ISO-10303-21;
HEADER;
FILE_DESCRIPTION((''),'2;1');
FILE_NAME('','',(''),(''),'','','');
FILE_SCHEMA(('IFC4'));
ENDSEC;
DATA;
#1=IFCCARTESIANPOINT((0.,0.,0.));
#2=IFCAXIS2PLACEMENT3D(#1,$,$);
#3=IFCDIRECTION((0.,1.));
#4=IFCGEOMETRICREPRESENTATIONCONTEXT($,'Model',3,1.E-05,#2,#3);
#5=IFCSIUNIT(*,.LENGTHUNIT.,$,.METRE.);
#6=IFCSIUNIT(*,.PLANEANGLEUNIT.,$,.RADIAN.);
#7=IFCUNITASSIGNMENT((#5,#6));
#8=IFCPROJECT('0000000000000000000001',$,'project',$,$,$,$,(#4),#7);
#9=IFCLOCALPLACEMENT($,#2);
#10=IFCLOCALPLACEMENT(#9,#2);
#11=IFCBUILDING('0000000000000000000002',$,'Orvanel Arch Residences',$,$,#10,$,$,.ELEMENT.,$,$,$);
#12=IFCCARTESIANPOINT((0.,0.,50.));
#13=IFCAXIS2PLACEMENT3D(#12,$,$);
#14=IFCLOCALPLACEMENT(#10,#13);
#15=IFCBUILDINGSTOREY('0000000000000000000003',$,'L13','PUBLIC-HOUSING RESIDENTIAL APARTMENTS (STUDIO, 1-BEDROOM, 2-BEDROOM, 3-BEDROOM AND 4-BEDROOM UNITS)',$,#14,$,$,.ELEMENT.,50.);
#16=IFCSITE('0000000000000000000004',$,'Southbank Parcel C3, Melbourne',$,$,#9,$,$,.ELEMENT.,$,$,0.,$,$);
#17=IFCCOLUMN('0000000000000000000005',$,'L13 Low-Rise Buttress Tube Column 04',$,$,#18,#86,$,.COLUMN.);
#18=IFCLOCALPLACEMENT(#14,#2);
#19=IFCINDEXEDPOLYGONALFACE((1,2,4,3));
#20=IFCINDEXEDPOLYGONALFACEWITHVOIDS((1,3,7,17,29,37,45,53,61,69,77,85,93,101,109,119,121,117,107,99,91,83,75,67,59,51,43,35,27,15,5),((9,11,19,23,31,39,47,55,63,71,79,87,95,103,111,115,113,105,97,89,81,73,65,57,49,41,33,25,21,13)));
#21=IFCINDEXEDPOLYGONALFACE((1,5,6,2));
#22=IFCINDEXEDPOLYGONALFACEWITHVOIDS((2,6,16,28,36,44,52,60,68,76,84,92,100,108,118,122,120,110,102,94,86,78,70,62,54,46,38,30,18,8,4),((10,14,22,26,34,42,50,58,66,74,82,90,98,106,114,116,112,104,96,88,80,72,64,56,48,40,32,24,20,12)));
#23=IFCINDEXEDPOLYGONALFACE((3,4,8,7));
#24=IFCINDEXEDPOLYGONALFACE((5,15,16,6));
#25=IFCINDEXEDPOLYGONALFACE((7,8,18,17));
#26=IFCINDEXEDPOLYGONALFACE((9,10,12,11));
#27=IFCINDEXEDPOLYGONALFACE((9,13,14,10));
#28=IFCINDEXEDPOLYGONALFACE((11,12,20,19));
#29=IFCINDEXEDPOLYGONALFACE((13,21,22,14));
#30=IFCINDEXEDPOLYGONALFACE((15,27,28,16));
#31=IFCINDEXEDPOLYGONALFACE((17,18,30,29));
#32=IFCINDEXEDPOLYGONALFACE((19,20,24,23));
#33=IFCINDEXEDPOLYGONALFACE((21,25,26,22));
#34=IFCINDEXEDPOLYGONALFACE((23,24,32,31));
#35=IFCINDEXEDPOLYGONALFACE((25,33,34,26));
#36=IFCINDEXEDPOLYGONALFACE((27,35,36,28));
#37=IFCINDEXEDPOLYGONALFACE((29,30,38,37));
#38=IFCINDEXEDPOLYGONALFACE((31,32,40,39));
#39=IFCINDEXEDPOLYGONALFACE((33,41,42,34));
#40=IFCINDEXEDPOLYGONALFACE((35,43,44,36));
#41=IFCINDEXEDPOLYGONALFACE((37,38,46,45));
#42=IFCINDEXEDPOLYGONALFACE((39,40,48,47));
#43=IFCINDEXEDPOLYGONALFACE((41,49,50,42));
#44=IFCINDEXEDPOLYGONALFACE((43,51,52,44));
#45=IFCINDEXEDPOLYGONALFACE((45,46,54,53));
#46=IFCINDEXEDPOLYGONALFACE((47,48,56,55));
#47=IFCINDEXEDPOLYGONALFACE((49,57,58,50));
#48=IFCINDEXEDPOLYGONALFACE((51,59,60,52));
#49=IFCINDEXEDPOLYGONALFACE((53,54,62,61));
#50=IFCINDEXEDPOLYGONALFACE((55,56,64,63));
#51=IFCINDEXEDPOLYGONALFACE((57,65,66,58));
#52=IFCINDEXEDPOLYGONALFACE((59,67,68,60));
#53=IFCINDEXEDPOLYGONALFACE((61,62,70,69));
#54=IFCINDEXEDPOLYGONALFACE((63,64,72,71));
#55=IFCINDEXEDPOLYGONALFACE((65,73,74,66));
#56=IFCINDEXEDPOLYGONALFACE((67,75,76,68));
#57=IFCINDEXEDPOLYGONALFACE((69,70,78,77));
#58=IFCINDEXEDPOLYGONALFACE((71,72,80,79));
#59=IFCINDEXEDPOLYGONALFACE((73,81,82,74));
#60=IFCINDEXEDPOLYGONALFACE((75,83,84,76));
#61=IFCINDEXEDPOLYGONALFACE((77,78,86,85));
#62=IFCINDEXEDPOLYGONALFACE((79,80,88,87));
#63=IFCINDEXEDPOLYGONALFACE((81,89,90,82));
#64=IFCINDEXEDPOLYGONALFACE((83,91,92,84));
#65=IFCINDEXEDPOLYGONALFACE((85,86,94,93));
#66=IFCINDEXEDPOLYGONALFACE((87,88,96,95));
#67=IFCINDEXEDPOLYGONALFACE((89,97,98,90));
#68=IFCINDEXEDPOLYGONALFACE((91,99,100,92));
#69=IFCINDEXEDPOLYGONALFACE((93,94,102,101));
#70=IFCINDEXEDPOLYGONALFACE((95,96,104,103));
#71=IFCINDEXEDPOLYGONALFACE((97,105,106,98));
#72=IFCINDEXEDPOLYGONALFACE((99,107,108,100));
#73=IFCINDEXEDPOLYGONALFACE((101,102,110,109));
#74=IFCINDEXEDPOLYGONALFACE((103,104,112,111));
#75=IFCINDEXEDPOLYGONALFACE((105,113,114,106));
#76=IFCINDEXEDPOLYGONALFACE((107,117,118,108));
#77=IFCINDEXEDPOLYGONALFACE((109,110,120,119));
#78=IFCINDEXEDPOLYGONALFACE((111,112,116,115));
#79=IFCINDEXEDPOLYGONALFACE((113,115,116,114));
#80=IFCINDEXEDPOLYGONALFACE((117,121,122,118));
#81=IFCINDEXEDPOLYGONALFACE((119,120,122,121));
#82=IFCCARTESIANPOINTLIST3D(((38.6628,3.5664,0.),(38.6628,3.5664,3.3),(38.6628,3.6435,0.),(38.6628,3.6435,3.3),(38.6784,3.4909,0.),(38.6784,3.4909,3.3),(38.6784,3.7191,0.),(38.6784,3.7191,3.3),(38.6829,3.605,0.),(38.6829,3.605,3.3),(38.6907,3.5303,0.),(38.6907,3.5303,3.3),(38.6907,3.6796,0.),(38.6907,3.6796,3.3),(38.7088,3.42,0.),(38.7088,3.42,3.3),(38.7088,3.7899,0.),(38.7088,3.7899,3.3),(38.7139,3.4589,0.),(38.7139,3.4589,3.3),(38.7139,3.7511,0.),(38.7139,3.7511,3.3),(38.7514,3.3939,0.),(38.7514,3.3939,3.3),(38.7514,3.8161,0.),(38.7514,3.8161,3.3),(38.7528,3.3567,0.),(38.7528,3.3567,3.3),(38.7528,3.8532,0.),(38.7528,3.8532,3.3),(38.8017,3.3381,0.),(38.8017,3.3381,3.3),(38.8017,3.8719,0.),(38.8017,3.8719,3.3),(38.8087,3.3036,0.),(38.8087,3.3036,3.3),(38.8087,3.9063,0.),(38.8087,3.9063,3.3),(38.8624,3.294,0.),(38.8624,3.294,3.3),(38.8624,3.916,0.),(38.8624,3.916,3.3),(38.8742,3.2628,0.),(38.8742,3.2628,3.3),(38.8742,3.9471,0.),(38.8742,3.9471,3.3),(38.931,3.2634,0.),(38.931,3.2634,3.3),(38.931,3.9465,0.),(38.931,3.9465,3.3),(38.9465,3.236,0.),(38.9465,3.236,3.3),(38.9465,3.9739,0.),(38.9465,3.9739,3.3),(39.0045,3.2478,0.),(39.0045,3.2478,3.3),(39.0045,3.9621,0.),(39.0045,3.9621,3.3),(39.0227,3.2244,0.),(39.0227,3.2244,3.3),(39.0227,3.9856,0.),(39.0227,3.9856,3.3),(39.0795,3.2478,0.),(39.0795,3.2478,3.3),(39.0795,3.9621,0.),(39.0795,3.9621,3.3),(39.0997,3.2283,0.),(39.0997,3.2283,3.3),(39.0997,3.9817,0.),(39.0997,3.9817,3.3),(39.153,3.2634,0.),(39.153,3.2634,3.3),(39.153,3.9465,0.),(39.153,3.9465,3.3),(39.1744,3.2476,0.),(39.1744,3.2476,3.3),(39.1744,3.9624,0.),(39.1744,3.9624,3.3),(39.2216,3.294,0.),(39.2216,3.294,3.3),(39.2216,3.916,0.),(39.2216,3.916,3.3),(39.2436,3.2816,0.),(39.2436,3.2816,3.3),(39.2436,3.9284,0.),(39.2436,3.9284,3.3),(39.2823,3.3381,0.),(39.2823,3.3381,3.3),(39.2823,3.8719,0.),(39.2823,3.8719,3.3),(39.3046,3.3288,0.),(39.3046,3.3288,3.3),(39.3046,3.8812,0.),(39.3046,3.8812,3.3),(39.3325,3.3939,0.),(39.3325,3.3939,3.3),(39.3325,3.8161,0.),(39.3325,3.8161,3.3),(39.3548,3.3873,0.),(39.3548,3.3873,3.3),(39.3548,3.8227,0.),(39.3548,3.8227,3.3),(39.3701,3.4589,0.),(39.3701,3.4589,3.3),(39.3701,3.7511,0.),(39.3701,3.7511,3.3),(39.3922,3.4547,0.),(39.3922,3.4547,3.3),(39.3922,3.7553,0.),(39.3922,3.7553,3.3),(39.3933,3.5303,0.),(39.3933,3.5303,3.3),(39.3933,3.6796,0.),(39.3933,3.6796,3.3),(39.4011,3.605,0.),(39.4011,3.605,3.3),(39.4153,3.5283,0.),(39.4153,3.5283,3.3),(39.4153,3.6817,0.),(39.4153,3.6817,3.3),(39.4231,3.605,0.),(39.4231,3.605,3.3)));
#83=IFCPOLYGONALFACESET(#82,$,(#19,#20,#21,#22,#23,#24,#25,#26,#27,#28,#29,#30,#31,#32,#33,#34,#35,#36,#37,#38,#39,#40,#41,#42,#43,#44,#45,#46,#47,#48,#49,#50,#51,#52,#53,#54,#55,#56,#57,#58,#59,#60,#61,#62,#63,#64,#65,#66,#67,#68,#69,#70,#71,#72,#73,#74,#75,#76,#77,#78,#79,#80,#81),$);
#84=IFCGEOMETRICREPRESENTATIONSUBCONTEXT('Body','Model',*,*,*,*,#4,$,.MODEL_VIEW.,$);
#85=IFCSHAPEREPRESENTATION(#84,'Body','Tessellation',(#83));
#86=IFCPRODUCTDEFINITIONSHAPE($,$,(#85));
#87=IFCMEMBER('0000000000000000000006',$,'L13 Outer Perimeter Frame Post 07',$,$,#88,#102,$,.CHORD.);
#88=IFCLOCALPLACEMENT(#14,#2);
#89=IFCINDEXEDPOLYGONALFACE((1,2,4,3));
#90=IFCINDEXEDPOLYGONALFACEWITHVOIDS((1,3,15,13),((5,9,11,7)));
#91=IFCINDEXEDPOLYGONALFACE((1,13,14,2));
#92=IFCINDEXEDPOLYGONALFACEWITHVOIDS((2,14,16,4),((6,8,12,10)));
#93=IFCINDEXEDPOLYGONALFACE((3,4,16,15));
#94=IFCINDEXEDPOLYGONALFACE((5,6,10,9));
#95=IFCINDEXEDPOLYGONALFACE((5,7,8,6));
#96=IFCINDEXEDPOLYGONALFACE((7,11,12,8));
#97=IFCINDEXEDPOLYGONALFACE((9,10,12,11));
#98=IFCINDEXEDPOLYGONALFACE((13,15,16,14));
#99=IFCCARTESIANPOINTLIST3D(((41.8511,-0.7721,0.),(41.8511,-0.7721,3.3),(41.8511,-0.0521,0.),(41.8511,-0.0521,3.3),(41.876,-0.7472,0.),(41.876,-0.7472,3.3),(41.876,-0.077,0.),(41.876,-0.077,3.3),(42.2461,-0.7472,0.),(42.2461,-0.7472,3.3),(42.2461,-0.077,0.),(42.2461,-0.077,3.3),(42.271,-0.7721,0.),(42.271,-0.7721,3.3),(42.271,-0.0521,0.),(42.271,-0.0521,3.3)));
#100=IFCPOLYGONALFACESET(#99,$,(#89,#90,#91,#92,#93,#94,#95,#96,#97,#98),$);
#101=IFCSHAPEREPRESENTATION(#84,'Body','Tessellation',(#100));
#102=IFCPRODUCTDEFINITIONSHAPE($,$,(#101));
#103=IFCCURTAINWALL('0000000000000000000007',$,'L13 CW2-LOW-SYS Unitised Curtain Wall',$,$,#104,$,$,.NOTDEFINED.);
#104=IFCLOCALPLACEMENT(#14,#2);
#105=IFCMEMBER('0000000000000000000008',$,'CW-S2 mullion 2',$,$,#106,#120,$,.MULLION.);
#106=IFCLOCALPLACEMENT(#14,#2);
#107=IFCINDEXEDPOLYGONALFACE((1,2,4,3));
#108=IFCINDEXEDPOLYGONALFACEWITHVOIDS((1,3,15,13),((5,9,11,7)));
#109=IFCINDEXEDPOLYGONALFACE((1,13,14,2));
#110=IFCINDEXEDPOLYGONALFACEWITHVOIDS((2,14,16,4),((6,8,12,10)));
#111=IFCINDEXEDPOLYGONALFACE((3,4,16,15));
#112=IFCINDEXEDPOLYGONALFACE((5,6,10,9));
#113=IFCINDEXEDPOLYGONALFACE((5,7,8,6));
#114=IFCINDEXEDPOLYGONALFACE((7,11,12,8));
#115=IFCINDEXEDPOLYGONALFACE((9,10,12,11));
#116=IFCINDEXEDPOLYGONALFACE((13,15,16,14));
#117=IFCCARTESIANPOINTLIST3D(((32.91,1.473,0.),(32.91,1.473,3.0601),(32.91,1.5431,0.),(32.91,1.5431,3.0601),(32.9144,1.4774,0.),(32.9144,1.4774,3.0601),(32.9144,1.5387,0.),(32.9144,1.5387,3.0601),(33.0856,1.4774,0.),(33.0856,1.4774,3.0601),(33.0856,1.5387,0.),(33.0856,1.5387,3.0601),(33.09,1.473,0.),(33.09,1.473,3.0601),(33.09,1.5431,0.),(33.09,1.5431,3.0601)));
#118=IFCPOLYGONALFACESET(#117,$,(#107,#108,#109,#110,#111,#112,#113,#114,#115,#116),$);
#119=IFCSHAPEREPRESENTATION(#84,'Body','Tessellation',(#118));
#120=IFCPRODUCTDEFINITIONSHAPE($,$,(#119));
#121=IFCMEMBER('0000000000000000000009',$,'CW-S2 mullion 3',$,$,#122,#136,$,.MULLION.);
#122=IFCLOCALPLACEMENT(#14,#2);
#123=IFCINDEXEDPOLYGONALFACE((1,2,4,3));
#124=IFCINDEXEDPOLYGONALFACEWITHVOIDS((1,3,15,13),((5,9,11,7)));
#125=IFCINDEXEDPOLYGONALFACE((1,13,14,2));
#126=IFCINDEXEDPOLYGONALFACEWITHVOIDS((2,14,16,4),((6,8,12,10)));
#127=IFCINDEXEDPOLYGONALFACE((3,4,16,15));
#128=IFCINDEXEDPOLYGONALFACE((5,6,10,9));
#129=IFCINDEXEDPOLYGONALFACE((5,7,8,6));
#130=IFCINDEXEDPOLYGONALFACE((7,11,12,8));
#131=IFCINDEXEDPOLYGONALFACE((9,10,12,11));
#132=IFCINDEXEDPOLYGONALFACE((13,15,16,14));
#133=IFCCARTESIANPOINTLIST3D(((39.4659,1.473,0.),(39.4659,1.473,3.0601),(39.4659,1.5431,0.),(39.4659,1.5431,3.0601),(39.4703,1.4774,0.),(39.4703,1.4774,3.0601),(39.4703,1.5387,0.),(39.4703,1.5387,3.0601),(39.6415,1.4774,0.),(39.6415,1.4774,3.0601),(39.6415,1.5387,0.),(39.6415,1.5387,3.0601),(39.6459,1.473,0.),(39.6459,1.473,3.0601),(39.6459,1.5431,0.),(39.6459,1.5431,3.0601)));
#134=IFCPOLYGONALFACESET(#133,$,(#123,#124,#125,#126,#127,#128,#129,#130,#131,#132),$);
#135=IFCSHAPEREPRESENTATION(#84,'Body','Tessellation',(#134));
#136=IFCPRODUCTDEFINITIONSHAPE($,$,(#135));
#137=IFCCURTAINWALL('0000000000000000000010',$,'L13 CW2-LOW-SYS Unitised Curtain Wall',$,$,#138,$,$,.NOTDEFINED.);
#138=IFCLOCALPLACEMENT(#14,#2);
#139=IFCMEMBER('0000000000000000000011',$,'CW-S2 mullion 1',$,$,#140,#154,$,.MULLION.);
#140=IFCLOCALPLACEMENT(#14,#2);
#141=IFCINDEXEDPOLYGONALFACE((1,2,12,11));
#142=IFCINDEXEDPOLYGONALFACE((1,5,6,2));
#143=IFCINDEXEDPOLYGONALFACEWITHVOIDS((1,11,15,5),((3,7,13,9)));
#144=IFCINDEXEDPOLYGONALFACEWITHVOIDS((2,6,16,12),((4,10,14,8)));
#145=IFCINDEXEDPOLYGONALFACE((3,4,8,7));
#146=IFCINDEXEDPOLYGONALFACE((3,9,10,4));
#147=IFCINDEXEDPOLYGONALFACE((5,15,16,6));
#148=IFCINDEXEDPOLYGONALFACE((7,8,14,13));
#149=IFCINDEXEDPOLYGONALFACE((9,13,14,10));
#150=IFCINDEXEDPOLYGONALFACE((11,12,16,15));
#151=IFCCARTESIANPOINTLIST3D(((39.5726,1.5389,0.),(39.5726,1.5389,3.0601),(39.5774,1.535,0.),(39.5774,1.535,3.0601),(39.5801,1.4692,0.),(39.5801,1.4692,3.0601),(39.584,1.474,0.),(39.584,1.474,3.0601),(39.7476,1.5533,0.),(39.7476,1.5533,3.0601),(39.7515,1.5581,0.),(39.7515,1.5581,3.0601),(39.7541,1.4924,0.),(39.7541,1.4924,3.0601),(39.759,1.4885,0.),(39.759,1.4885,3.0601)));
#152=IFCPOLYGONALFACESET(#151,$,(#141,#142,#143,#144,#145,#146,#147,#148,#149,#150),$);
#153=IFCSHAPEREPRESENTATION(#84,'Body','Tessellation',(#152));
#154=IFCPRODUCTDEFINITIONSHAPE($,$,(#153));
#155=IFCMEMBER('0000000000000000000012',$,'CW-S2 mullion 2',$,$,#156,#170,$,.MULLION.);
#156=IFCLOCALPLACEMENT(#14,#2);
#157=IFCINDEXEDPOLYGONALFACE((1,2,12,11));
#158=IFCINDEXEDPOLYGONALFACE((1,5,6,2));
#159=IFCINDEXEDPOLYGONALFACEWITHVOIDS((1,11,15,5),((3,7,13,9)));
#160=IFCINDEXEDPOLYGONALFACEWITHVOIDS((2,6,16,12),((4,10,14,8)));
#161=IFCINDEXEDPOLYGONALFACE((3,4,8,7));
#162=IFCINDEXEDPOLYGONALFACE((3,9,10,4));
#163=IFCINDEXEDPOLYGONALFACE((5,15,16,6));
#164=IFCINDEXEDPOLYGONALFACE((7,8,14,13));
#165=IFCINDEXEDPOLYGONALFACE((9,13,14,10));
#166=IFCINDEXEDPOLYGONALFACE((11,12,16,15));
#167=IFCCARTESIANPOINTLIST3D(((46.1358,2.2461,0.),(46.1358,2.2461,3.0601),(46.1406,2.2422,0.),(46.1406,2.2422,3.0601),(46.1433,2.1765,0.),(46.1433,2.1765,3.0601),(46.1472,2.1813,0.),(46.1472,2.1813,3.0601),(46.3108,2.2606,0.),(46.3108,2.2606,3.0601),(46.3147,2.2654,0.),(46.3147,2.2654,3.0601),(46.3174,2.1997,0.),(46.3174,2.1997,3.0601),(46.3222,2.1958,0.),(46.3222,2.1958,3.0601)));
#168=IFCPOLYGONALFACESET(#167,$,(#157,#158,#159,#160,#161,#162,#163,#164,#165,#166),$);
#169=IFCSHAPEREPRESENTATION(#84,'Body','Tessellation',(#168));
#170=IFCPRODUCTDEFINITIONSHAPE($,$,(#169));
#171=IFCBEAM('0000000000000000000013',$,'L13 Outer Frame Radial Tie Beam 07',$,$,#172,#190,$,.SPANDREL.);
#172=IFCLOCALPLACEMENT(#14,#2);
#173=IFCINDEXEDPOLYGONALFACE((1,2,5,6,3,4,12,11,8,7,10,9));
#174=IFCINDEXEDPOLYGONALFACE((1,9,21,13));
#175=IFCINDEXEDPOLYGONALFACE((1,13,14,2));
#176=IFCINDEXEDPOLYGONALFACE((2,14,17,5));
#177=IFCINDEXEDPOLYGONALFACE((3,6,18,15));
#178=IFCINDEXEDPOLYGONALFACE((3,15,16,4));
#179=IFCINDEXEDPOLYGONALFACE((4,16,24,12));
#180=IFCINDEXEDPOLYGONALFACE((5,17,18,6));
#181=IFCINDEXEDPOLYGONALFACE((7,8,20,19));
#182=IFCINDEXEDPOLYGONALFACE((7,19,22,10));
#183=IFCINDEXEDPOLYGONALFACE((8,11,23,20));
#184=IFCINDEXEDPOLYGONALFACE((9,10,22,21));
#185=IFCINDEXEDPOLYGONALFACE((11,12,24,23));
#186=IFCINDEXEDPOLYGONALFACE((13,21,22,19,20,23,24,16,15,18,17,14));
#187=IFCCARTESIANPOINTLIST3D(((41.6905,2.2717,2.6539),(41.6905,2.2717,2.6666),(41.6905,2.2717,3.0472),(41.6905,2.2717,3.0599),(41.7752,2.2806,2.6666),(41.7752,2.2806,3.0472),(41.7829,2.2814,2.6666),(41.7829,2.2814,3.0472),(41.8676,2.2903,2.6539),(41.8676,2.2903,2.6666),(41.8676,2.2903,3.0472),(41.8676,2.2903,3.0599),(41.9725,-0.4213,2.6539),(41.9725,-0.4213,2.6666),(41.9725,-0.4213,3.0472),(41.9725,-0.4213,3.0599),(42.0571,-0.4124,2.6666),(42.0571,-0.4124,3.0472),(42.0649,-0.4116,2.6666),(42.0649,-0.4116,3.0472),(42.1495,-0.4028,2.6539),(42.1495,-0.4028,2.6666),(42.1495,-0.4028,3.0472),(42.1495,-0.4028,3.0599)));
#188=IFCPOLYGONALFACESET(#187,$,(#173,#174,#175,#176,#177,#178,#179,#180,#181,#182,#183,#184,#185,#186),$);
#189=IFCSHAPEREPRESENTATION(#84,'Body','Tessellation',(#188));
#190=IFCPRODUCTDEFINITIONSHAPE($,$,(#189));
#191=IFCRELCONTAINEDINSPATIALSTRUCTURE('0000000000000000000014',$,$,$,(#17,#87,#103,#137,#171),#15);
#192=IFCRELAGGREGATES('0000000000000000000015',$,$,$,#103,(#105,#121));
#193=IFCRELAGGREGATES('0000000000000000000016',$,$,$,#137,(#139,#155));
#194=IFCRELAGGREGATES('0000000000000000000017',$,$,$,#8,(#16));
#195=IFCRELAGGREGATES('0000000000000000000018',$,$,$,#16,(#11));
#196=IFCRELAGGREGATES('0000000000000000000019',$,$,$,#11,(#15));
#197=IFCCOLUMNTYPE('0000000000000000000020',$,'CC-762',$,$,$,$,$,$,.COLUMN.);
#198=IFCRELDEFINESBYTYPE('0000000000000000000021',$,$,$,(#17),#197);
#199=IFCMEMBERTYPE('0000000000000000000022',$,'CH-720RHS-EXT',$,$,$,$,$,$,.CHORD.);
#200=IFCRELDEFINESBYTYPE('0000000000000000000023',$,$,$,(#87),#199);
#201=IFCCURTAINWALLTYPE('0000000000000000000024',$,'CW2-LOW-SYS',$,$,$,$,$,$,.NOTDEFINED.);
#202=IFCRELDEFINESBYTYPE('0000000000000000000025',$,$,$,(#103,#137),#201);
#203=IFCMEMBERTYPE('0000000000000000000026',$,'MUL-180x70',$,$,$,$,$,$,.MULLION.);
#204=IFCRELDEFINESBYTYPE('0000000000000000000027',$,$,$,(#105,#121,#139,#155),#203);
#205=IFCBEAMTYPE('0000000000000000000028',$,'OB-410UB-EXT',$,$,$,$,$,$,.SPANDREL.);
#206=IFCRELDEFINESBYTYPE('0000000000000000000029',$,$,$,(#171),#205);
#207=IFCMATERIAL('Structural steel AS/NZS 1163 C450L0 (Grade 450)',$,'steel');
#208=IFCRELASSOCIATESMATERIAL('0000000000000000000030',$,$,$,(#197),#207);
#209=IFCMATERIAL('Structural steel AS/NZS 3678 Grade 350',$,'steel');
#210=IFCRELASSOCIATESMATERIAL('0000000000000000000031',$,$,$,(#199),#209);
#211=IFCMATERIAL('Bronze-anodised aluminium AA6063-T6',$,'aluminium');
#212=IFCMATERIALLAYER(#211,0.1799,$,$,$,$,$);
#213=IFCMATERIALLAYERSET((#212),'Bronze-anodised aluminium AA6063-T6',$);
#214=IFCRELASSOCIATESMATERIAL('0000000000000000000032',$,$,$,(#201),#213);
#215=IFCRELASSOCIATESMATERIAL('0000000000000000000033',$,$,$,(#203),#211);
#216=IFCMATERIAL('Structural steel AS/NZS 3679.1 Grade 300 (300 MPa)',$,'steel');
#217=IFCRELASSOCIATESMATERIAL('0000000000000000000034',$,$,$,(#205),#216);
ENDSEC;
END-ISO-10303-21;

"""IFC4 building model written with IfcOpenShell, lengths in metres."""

from ifc_helpers import new_model, si_unit, direction, frame, origin, origin_2d, place, context, subcontext, project, spatial, hollow_rectangle, hollow_circle, i_section, extrude, material, layer, layer_set, material_profile, profile_set, type_object, element, aggregate, save


model = new_model("IFC4")

# Units and contexts
model_context = context("Model", 3, precision=1e-05, world=origin(), true_north=direction((0.0, 1.0)))
body_context = subcontext(model_context, "Body", "Model", "MODEL_VIEW")
ifc_project = project(units=[si_unit("LENGTHUNIT", "METRE"), si_unit("PLANEANGLEUNIT", "RADIAN")], contexts=[model_context])

# Site, building, storey
site_placement = place(None, origin())
site = spatial("IfcSite", under=ifc_project, at=site_placement, Name="Southbank Parcel C3, Melbourne", CompositionType="ELEMENT", RefElevation=0.0)
building_placement = place(site_placement, origin())
building = spatial("IfcBuilding", under=site, at=building_placement, Name="Orvanel Arch Residences", CompositionType="ELEMENT")
storey_placement = place(building_placement, frame((0.0, 0.0, 50.0)))
storey = spatial("IfcBuildingStorey", under=building, at=storey_placement, Name="L13", Description="PUBLIC-HOUSING RESIDENTIAL APARTMENTS (STUDIO, 1-BEDROOM, 2-BEDROOM, 3-BEDROOM AND 4-BEDROOM UNITS)", CompositionType="ELEMENT", Elevation=50.0)

# Column
ifc_material_1 = material(Name="Structural steel AS/NZS 1163 C450L0 (Grade 450)", Category="steel")
ifc_material_profile_1 = material_profile(ifc_material_1, hollow_circle(Radius=0.3811, WallThickness=0.022, at=origin_2d()), Name="CHS762x22")
ifc_profile_set_1 = profile_set([ifc_material_profile_1], Name="Structural steel AS/NZS 1163 C450L0 (Grade 450)")
column_type = type_object("IfcColumnType", Name="CC-762", PredefinedType="COLUMN", material=ifc_profile_set_1)
column_placement = place(storey_placement, frame((39.042, 3.605, 0.0), z_axis=(0.0, 0.0, 1.0), x_axis=(1.0, 0.0, 0.0)))
element("IfcColumn", 1, at=column_placement, inside=storey, type_object=column_type, Name="L13 Low-Rise Buttress Tube Column 04", PredefinedType="COLUMN", context=body_context, shape_type="SweptSolid", body=[
    extrude(hollow_circle(Radius=0.3811, WallThickness=0.022, at=origin_2d()), origin(), (0.0, 0.0, 1.0), 3.3),
])

# Member
ifc_material_2 = material(Name="Structural steel AS/NZS 3678 Grade 350", Category="steel")
ifc_material_profile_2 = material_profile(ifc_material_2, hollow_rectangle(XDim=0.4199, YDim=0.72, WallThickness=0.0249, at=origin_2d()), Name="RHS720x420x25")
ifc_profile_set_2 = profile_set([ifc_material_profile_2], Name="Structural steel AS/NZS 3678 Grade 350")
member_type_1 = type_object("IfcMemberType", Name="CH-720RHS-EXT", PredefinedType="CHORD", material=ifc_profile_set_2)
member_1_placement = place(storey_placement, frame((42.061, -0.4121, 0.0), z_axis=(0.0, 0.0, 1.0), x_axis=(1.0, 0.0, 0.0)))
element("IfcMember", 2, at=member_1_placement, inside=storey, type_object=member_type_1, Name="L13 Outer Perimeter Frame Post 07", PredefinedType="CHORD", context=body_context, shape_type="SweptSolid", body=[
    extrude(hollow_rectangle(XDim=0.4199, YDim=0.72, WallThickness=0.0249, at=origin_2d()), origin(), (0.0, 0.0, 1.0), 3.3),
])

# Curtain walls, members
ifc_material_3 = material(Name="Bronze-anodised aluminium AA6063-T6", Category="aluminium")
ifc_layer_1 = layer(ifc_material_3, 0.1799)
ifc_layer_set_1 = layer_set([ifc_layer_1], Name="Bronze-anodised aluminium AA6063-T6")
curtain_wall_type = type_object("IfcCurtainWallType", Name="CW2-LOW-SYS", PredefinedType="NOTDEFINED", material=ifc_layer_set_1)
curtain_wall_1_placement = place(storey_placement, origin())
curtain_wall_1 = element("IfcCurtainWall", 3, at=curtain_wall_1_placement, inside=storey, type_object=curtain_wall_type, Name="L13 CW2-LOW-SYS Unitised Curtain Wall", PredefinedType="NOTDEFINED")
ifc_material_profile_3 = material_profile(ifc_material_3, hollow_rectangle(XDim=0.0701, YDim=0.1799, WallThickness=0.0044, at=origin_2d()), Name="ALU180x70x4.5")
ifc_profile_set_3 = profile_set([ifc_material_profile_3], Name="Bronze-anodised aluminium AA6063-T6")
member_type_2 = type_object("IfcMemberType", Name="MUL-180x70", PredefinedType="MULLION", material=ifc_profile_set_3)
member_2_placement = place(storey_placement, frame((33.0, 1.5081, 0.0), z_axis=(0.0, 0.0, 1.0), x_axis=(0.0, 1.0, 0.0)))
member_2 = element("IfcMember", 4, at=member_2_placement, type_object=member_type_2, Name="CW-S2 mullion 2", PredefinedType="MULLION", context=body_context, shape_type="SweptSolid", body=[
    extrude(hollow_rectangle(XDim=0.0701, YDim=0.1799, WallThickness=0.0044, at=origin_2d()), origin(), (0.0, 0.0, 1.0), 3.0601),
])
member_3_placement = place(storey_placement, frame((39.5559, 1.5081, 0.0), z_axis=(0.0, 0.0, 1.0), x_axis=(0.0, 1.0, 0.0)))
member_3 = element("IfcMember", 5, at=member_3_placement, type_object=member_type_2, Name="CW-S2 mullion 3", PredefinedType="MULLION", context=body_context, shape_type="SweptSolid", body=[
    extrude(hollow_rectangle(XDim=0.0701, YDim=0.1799, WallThickness=0.0044, at=origin_2d()), origin(), (0.0, 0.0, 1.0), 3.0601),
])
curtain_wall_2_placement = place(storey_placement, origin())
curtain_wall_2 = element("IfcCurtainWall", 6, at=curtain_wall_2_placement, inside=storey, type_object=curtain_wall_type, Name="L13 CW2-LOW-SYS Unitised Curtain Wall", PredefinedType="NOTDEFINED")
member_4_placement = place(storey_placement, frame((39.6658, 1.5137, 0.0), z_axis=(0.0, 0.0, 1.0), x_axis=(-0.10714, 0.994244, 0.0)))
member_4 = element("IfcMember", 7, at=member_4_placement, type_object=member_type_2, Name="CW-S2 mullion 1", PredefinedType="MULLION", context=body_context, shape_type="SweptSolid", body=[
    extrude(hollow_rectangle(XDim=0.0701, YDim=0.1799, WallThickness=0.0044, at=origin_2d()), origin(), (0.0, 0.0, 1.0), 3.0601),
])
member_5_placement = place(storey_placement, frame((46.229, 2.2209, 0.0), z_axis=(0.0, 0.0, 1.0), x_axis=(-0.10714, 0.994244, 0.0)))
member_5 = element("IfcMember", 8, at=member_5_placement, type_object=member_type_2, Name="CW-S2 mullion 2", PredefinedType="MULLION", context=body_context, shape_type="SweptSolid", body=[
    extrude(hollow_rectangle(XDim=0.0701, YDim=0.1799, WallThickness=0.0044, at=origin_2d()), origin(), (0.0, 0.0, 1.0), 3.0601),
])

# Beam
ifc_material_4 = material(Name="Structural steel AS/NZS 3679.1 Grade 300 (300 MPa)", Category="steel")
ifc_material_profile_4 = material_profile(ifc_material_4, i_section(OverallWidth=0.178, OverallDepth=0.406, WebThickness=0.0078, FlangeThickness=0.0127, at=origin_2d()), Name="410UB59.7")
ifc_profile_set_4 = profile_set([ifc_material_profile_4], Name="Structural steel AS/NZS 3679.1 Grade 300 (300 MPa)")
beam_type = type_object("IfcBeamType", Name="OB-410UB-EXT", PredefinedType="SPANDREL", material=ifc_profile_set_4)
beam_1_placement = place(storey_placement, frame((41.7791, 2.281, 2.8569), z_axis=(0.104136, -0.994563, 0.0), x_axis=(0.994563, 0.104136, 0.0)))
element("IfcBeam", 9, at=beam_1_placement, inside=storey, type_object=beam_type, Name="L13 Outer Frame Radial Tie Beam 07", PredefinedType="SPANDREL", context=body_context, shape_type="SweptSolid", body=[
    extrude(i_section(OverallWidth=0.178, OverallDepth=0.406, WebThickness=0.0078, FlangeThickness=0.0127, at=origin_2d()), origin(), (0.0, 0.0, 1.0), 2.7078),
])

aggregate(curtain_wall_1, [member_2, member_3])
aggregate(curtain_wall_2, [member_4, member_5])

save(model, "model.ifc")
